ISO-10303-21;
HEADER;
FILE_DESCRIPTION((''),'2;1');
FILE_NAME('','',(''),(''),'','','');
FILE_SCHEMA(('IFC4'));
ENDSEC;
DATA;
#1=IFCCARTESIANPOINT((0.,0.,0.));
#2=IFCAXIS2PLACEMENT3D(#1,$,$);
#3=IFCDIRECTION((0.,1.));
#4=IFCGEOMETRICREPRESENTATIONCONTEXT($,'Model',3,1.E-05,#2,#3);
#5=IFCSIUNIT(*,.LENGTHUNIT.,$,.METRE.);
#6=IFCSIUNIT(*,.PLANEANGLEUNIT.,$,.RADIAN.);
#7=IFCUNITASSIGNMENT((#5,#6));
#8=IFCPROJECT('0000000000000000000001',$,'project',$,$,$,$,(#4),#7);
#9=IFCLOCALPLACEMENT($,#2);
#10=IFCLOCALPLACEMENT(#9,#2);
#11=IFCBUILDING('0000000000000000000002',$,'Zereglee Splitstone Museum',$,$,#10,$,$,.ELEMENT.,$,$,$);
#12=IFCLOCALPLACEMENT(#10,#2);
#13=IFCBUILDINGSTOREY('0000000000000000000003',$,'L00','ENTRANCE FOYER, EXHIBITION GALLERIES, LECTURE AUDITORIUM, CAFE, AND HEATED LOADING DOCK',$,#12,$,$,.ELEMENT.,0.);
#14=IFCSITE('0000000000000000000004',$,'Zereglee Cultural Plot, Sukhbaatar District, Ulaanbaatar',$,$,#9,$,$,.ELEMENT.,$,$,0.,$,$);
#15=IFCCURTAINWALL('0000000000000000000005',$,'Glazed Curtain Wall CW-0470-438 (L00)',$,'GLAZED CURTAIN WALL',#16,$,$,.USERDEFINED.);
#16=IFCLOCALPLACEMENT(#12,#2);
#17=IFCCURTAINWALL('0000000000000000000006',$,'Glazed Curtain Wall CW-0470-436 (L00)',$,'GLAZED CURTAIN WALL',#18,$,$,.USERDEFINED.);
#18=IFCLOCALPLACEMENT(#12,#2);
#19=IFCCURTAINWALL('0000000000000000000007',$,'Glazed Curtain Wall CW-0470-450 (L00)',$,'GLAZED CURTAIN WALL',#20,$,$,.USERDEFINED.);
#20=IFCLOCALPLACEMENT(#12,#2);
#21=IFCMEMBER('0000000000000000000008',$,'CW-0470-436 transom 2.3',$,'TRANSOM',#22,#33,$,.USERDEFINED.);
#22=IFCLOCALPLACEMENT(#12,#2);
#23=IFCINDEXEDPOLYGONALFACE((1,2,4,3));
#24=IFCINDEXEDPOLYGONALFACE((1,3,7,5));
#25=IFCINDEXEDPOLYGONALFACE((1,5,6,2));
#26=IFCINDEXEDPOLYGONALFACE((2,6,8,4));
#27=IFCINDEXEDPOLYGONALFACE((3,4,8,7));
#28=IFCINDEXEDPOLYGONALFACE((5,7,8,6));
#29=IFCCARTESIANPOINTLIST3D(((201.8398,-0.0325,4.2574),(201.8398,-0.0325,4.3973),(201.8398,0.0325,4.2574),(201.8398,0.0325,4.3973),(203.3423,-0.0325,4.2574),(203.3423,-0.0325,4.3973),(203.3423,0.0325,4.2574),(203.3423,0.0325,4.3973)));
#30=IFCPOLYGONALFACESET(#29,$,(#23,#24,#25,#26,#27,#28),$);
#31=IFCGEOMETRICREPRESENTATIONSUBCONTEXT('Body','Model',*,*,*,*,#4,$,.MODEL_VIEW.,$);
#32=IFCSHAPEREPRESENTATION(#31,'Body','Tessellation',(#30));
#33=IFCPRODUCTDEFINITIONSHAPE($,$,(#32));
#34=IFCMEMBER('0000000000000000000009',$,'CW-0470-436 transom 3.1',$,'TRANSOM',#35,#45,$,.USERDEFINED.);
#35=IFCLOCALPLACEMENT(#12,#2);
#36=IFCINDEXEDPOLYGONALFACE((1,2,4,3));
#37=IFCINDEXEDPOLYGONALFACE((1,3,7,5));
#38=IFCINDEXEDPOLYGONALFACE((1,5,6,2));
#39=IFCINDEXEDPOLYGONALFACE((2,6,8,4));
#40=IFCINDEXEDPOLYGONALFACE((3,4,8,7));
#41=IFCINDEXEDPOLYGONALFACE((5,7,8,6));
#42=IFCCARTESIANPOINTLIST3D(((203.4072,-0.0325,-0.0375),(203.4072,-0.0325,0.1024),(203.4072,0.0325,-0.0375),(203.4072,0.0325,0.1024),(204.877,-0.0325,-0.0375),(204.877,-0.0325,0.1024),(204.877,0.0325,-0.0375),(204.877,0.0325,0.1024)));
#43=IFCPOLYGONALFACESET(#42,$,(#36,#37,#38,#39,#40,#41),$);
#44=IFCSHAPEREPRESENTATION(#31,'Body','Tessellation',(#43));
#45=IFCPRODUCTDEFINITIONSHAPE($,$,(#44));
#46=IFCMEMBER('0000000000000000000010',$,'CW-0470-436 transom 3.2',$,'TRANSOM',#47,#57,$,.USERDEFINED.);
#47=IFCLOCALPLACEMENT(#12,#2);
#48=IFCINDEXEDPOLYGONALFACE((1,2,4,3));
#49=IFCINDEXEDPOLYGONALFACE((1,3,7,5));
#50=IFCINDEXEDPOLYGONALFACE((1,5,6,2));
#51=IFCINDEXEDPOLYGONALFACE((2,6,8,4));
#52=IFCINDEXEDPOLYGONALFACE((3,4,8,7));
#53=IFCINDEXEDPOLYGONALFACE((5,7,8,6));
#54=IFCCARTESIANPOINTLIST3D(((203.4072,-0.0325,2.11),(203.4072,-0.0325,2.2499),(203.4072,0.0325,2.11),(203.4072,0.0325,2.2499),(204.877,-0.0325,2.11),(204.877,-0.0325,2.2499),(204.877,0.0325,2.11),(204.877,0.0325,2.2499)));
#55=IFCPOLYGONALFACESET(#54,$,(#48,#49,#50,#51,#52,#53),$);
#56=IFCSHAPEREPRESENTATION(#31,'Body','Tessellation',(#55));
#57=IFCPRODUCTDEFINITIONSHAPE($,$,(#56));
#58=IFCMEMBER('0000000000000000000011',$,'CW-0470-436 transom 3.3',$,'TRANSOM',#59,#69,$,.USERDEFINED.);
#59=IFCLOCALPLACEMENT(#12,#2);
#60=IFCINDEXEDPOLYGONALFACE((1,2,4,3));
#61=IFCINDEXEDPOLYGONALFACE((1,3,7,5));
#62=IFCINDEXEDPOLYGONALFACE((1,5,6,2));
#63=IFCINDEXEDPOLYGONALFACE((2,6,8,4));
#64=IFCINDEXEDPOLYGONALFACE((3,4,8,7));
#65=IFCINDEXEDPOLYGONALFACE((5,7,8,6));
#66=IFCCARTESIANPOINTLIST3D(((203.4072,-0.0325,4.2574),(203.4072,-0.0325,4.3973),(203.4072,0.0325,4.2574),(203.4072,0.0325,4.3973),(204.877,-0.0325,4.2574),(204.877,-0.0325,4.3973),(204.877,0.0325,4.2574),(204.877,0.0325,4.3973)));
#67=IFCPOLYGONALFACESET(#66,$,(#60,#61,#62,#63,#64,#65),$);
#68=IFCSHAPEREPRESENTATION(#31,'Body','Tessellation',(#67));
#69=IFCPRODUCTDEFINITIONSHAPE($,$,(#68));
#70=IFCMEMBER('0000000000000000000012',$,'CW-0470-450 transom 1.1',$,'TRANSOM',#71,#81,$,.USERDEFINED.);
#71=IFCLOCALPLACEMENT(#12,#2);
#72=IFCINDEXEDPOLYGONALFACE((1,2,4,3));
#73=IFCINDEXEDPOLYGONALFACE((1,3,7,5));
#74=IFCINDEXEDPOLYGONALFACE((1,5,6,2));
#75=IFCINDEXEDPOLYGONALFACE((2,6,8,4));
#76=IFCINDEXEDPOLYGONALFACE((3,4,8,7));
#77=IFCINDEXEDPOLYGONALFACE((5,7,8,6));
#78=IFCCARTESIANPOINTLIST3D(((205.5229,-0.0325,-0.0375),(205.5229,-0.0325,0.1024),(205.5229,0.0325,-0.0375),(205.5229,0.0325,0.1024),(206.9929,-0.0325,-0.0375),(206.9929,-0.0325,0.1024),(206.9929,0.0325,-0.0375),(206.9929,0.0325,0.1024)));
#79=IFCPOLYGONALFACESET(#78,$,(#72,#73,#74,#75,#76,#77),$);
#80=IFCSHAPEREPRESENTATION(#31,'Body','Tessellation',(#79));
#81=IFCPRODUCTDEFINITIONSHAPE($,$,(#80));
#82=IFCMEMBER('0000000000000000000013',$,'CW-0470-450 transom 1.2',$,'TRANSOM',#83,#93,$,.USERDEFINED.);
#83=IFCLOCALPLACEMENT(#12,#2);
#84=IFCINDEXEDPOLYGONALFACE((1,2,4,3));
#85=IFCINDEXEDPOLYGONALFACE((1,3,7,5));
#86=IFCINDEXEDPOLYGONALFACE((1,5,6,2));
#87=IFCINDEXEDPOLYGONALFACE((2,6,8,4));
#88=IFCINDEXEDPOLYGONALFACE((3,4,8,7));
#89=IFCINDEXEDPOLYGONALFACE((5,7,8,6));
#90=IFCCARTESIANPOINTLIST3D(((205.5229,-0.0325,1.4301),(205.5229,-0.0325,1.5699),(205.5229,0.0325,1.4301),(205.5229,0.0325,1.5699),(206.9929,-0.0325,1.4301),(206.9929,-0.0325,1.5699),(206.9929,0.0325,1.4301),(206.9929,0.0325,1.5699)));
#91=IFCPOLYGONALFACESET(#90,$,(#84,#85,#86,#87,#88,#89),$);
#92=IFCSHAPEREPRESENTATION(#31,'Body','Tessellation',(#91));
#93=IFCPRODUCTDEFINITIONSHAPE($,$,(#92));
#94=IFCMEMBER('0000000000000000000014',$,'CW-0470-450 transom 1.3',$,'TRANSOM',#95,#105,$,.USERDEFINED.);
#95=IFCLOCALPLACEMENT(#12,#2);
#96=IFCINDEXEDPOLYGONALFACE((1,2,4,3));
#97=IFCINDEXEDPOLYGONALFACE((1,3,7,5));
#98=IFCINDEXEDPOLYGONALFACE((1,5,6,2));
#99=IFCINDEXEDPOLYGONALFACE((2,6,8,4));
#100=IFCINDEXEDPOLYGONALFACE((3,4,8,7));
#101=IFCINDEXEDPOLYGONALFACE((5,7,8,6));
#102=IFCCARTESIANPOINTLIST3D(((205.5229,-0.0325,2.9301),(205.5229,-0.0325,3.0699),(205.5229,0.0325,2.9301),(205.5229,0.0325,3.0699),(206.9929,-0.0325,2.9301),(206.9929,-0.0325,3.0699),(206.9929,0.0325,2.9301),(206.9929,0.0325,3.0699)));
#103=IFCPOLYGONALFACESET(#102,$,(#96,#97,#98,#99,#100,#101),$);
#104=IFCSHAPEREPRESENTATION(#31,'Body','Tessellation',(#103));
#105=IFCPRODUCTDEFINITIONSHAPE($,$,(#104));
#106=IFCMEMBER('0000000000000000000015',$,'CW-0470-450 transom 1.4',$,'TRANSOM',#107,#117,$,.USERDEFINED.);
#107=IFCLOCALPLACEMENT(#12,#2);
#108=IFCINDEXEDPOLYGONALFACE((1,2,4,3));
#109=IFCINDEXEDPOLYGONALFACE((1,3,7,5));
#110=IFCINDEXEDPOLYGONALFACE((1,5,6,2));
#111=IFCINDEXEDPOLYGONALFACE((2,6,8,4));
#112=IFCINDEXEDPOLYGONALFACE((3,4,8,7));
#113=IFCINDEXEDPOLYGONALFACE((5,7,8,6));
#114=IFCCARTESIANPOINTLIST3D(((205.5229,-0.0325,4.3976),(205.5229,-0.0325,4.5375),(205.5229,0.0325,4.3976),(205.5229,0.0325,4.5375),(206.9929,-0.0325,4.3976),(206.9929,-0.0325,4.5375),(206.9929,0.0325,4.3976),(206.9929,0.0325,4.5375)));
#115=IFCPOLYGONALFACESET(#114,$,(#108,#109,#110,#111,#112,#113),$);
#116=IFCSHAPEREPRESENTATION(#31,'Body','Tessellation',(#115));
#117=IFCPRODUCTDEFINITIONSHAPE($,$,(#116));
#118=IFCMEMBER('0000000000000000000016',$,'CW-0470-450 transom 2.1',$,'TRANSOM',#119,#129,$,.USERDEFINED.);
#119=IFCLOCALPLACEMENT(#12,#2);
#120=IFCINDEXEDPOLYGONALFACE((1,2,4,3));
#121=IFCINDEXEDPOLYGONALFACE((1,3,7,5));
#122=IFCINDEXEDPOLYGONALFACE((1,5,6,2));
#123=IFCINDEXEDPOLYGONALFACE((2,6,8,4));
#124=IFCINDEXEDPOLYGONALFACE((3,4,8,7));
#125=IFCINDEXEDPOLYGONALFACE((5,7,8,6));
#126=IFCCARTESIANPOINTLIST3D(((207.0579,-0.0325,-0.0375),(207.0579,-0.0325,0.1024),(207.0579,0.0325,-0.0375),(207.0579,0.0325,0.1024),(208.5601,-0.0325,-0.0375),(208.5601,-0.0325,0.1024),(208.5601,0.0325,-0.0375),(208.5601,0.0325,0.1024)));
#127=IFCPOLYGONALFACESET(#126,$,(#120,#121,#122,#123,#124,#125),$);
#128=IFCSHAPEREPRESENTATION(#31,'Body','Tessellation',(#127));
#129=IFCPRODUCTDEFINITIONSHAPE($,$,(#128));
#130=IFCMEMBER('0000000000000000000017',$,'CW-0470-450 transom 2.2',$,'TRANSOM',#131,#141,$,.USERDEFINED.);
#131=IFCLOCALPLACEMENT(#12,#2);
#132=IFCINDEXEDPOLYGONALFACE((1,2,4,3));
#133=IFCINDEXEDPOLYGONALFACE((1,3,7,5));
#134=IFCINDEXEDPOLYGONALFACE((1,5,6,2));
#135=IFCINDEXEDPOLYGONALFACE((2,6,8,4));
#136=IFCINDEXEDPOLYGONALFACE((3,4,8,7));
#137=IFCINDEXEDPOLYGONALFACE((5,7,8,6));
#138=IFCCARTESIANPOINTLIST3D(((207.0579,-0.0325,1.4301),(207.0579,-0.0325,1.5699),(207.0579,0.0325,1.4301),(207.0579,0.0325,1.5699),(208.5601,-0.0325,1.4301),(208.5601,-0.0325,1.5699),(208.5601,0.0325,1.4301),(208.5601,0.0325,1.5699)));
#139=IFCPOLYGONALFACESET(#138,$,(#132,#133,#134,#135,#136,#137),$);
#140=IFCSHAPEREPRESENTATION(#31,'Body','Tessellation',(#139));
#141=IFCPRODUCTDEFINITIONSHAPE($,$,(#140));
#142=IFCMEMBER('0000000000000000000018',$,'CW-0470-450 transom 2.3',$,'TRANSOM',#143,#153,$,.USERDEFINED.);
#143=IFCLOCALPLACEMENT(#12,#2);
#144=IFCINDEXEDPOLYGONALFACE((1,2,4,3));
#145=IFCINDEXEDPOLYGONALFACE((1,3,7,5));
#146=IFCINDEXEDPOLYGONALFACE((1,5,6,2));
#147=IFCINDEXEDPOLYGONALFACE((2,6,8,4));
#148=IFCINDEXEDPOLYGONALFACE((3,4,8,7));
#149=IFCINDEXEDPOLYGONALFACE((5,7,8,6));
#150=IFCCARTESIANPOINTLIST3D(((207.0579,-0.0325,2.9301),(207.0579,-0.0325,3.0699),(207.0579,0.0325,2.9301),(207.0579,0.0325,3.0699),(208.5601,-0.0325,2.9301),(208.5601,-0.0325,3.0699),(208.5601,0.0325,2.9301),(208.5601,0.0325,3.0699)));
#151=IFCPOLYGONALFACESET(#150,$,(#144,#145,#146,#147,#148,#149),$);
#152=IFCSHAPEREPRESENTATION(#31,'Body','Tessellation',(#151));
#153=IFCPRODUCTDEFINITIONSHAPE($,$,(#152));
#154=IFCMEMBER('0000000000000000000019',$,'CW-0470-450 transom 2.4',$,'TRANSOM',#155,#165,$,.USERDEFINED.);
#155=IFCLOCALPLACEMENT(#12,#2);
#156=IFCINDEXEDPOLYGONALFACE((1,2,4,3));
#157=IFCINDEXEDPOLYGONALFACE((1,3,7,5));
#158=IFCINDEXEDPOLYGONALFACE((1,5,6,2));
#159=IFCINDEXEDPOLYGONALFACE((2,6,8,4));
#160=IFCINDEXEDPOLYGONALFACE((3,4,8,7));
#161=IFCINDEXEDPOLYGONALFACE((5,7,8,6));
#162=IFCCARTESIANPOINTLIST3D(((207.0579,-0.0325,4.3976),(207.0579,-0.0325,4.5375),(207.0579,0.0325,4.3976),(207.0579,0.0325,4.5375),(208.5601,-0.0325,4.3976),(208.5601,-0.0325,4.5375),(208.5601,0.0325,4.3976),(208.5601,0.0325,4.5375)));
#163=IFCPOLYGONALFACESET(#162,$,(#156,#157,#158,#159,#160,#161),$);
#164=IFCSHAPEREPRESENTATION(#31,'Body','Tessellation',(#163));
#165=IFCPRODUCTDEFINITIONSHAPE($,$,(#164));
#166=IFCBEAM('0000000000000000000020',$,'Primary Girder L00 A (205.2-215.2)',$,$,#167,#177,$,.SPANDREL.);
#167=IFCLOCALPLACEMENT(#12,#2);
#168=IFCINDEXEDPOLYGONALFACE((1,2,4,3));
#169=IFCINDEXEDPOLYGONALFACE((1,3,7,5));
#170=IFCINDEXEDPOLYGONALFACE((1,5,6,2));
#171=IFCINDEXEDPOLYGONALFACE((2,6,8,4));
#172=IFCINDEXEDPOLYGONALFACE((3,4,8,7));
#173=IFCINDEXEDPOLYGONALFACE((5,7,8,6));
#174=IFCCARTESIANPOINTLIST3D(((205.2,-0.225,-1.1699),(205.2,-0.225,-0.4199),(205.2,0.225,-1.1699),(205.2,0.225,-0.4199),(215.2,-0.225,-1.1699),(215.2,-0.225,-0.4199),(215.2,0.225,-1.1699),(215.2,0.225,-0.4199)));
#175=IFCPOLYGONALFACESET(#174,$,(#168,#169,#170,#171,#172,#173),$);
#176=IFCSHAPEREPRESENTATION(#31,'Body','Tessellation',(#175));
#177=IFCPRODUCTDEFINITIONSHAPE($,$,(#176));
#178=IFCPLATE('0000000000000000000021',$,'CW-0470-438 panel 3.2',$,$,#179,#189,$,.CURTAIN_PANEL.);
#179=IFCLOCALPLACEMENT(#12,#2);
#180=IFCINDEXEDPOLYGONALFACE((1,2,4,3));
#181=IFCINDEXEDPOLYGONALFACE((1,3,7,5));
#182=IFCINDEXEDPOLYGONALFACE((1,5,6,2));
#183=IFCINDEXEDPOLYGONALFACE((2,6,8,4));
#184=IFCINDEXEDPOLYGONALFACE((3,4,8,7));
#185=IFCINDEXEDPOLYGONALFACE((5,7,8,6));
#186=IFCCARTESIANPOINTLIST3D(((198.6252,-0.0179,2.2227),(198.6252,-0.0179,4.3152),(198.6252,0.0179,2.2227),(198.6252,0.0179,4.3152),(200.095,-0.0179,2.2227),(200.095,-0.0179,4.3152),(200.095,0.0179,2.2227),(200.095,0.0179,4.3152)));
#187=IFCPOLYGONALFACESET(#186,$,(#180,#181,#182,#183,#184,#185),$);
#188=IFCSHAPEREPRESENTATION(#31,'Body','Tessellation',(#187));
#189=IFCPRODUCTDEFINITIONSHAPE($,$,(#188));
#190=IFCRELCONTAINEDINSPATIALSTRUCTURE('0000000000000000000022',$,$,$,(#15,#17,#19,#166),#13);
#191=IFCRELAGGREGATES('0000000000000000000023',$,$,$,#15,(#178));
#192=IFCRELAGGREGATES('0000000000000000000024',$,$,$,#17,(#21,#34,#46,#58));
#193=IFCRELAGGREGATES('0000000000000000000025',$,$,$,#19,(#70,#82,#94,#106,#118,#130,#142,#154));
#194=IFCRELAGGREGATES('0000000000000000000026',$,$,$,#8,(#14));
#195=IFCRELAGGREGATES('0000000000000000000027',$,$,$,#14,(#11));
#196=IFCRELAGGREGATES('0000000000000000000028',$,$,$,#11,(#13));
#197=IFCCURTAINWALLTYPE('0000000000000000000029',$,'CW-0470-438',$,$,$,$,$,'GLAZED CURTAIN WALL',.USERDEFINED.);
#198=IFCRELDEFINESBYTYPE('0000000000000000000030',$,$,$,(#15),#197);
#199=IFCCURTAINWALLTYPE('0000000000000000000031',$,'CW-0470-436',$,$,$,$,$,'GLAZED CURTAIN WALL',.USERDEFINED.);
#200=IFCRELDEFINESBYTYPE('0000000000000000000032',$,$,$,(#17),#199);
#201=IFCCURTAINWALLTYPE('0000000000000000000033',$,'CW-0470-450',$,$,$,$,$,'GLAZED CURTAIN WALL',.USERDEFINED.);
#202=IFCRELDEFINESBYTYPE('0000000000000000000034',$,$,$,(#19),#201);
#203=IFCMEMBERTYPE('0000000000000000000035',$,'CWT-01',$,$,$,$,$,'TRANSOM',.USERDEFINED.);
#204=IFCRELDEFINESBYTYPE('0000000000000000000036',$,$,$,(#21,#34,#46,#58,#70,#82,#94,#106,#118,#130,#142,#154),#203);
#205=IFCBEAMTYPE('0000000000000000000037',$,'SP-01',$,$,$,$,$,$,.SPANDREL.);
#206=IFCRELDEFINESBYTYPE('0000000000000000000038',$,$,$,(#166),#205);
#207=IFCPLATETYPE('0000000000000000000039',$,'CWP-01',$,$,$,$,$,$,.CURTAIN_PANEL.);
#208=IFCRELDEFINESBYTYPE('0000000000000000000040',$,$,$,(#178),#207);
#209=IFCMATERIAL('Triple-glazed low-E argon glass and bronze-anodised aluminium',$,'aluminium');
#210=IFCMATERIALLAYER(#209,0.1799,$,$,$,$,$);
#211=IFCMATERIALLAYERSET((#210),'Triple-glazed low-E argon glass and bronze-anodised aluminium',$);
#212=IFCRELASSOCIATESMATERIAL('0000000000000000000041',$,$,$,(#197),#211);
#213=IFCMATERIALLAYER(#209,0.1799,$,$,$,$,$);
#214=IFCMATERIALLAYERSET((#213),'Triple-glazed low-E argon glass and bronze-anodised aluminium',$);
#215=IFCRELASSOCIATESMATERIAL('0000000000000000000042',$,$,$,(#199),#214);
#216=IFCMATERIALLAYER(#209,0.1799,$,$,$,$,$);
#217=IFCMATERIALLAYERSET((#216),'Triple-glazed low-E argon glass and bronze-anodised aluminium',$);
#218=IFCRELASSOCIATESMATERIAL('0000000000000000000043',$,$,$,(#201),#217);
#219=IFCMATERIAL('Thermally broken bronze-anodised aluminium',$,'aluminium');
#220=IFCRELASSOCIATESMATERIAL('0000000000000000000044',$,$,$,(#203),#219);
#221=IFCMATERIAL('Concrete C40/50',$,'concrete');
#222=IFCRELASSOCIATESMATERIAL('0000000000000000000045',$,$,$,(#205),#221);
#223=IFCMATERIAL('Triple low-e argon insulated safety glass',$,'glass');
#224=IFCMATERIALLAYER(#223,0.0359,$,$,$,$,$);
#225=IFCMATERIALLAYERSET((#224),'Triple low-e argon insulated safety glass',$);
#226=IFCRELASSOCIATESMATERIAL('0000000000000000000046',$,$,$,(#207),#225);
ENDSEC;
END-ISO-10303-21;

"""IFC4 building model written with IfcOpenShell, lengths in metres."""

from ifc_helpers import new_model, si_unit, direction, frame, origin, origin_2d, place, context, subcontext, project, spatial, rectangle, extrude, material, layer, layer_set, material_profile, profile_set, type_object, element, aggregate, save


model = new_model("IFC4")

# Units and contexts
model_context = context("Model", 3, precision=1e-05, world=origin(), true_north=direction((0.0, 1.0)))
body_context = subcontext(model_context, "Body", "Model", "MODEL_VIEW")
ifc_project = project(units=[si_unit("LENGTHUNIT", "METRE"), si_unit("PLANEANGLEUNIT", "RADIAN")], contexts=[model_context])

# Site, building, storey
site_placement = place(None, origin())
site = spatial("IfcSite", under=ifc_project, at=site_placement, Name="Zereglee Cultural Plot, Sukhbaatar District, Ulaanbaatar", CompositionType="ELEMENT", RefElevation=0.0)
building_placement = place(site_placement, origin())
building = spatial("IfcBuilding", under=site, at=building_placement, Name="Zereglee Splitstone Museum", CompositionType="ELEMENT")
storey_placement = place(building_placement, origin())
storey = spatial("IfcBuildingStorey", under=building, at=storey_placement, Name="L00", Description="ENTRANCE FOYER, EXHIBITION GALLERIES, LECTURE AUDITORIUM, CAFE, AND HEATED LOADING DOCK", CompositionType="ELEMENT", Elevation=0.0)

# Shared definitions
ifc_material_1 = material(Name="Concrete C40/50", Category="concrete")

# Curtain wall
ifc_material_2 = material(Name="Triple-glazed low-E argon glass and bronze-anodised aluminium", Category="aluminium")
ifc_layer_1 = layer(ifc_material_2, 0.1799)
ifc_layer_set_1 = layer_set([ifc_layer_1], Name="Triple-glazed low-E argon glass and bronze-anodised aluminium")
curtain_wall_type_1 = type_object("IfcCurtainWallType", Name="CW-0470-438", ElementType="GLAZED CURTAIN WALL", PredefinedType="USERDEFINED", material=ifc_layer_set_1)
curtain_wall_1_placement = place(storey_placement, origin())
curtain_wall_1 = element("IfcCurtainWall", 1, at=curtain_wall_1_placement, inside=storey, type_object=curtain_wall_type_1, Name="Glazed Curtain Wall CW-0470-438 (L00)", ObjectType="GLAZED CURTAIN WALL", PredefinedType="USERDEFINED")
ifc_material_3 = material(Name="Thermally broken bronze-anodised aluminium", Category="aluminium")

# Curtain walls
ifc_layer_2 = layer(ifc_material_2, 0.1799)
ifc_layer_set_2 = layer_set([ifc_layer_2], Name="Triple-glazed low-E argon glass and bronze-anodised aluminium")
curtain_wall_type_2 = type_object("IfcCurtainWallType", Name="CW-0470-436", ElementType="GLAZED CURTAIN WALL", PredefinedType="USERDEFINED", material=ifc_layer_set_2)
curtain_wall_2_placement = place(storey_placement, origin())
curtain_wall_2 = element("IfcCurtainWall", 2, at=curtain_wall_2_placement, inside=storey, type_object=curtain_wall_type_2, Name="Glazed Curtain Wall CW-0470-436 (L00)", ObjectType="GLAZED CURTAIN WALL", PredefinedType="USERDEFINED")
ifc_layer_3 = layer(ifc_material_2, 0.1799)
ifc_layer_set_3 = layer_set([ifc_layer_3], Name="Triple-glazed low-E argon glass and bronze-anodised aluminium")
curtain_wall_type_3 = type_object("IfcCurtainWallType", Name="CW-0470-450", ElementType="GLAZED CURTAIN WALL", PredefinedType="USERDEFINED", material=ifc_layer_set_3)
curtain_wall_3_placement = place(storey_placement, origin())
curtain_wall_3 = element("IfcCurtainWall", 3, at=curtain_wall_3_placement, inside=storey, type_object=curtain_wall_type_3, Name="Glazed Curtain Wall CW-0470-450 (L00)", ObjectType="GLAZED CURTAIN WALL", PredefinedType="USERDEFINED")

# Members
ifc_material_profile_1 = material_profile(ifc_material_3, rectangle(XDim=0.0649, YDim=0.1399, at=origin_2d()), Name="CW TRAN 65x140")
ifc_profile_set_1 = profile_set([ifc_material_profile_1], Name="Thermally broken bronze-anodised aluminium")
member_type_1 = type_object("IfcMemberType", Name="CWT-01", ElementType="TRANSOM", PredefinedType="USERDEFINED", material=ifc_profile_set_1)
member_1_placement = place(storey_placement, frame((201.8398, 0.0, 4.3274), z_axis=(1.0, 0.0, 0.0), x_axis=(0.0, 1.0, 0.0)))
member_1 = element("IfcMember", 4, at=member_1_placement, type_object=member_type_1, Name="CW-0470-436 transom 2.3", ObjectType="TRANSOM", PredefinedType="USERDEFINED", context=body_context, shape_type="SweptSolid", body=[
    extrude(rectangle(XDim=0.0649, YDim=0.1399, at=origin_2d()), origin(), (0.0, 0.0, 1.0), 1.5024),
])
member_2_placement = place(storey_placement, frame((203.4072, 0.0, 0.0325), z_axis=(1.0, 0.0, 0.0), x_axis=(0.0, 1.0, 0.0)))
member_2 = element("IfcMember", 5, at=member_2_placement, type_object=member_type_1, Name="CW-0470-436 transom 3.1", ObjectType="TRANSOM", PredefinedType="USERDEFINED", context=body_context, shape_type="SweptSolid", body=[
    extrude(rectangle(XDim=0.0649, YDim=0.1399, at=origin_2d()), origin(), (0.0, 0.0, 1.0), 1.4697),
])
member_3_placement = place(storey_placement, frame((203.4072, 0.0, 2.1799), z_axis=(1.0, 0.0, 0.0), x_axis=(0.0, 1.0, 0.0)))
member_3 = element("IfcMember", 6, at=member_3_placement, type_object=member_type_1, Name="CW-0470-436 transom 3.2", ObjectType="TRANSOM", PredefinedType="USERDEFINED", context=body_context, shape_type="SweptSolid", body=[
    extrude(rectangle(XDim=0.0649, YDim=0.1399, at=origin_2d()), origin(), (0.0, 0.0, 1.0), 1.4697),
])
member_4_placement = place(storey_placement, frame((203.4072, 0.0, 4.3274), z_axis=(1.0, 0.0, 0.0), x_axis=(0.0, 1.0, 0.0)))
member_4 = element("IfcMember", 7, at=member_4_placement, type_object=member_type_1, Name="CW-0470-436 transom 3.3", ObjectType="TRANSOM", PredefinedType="USERDEFINED", context=body_context, shape_type="SweptSolid", body=[
    extrude(rectangle(XDim=0.0649, YDim=0.1399, at=origin_2d()), origin(), (0.0, 0.0, 1.0), 1.4697),
])
member_5_placement = place(storey_placement, frame((205.5229, 0.0, 0.0325), z_axis=(1.0, 0.0, 0.0), x_axis=(0.0, 1.0, 0.0)))
member_5 = element("IfcMember", 8, at=member_5_placement, type_object=member_type_1, Name="CW-0470-450 transom 1.1", ObjectType="TRANSOM", PredefinedType="USERDEFINED", context=body_context, shape_type="SweptSolid", body=[
    extrude(rectangle(XDim=0.0649, YDim=0.1399, at=origin_2d()), origin(), (0.0, 0.0, 1.0), 1.47),
])
member_6_placement = place(storey_placement, frame((205.5229, 0.0, 1.5), z_axis=(1.0, 0.0, 0.0), x_axis=(0.0, 1.0, 0.0)))
member_6 = element("IfcMember", 9, at=member_6_placement, type_object=member_type_1, Name="CW-0470-450 transom 1.2", ObjectType="TRANSOM", PredefinedType="USERDEFINED", context=body_context, shape_type="SweptSolid", body=[
    extrude(rectangle(XDim=0.0649, YDim=0.1399, at=origin_2d()), origin(), (0.0, 0.0, 1.0), 1.47),
])
member_7_placement = place(storey_placement, frame((205.5229, 0.0, 3.0), z_axis=(1.0, 0.0, 0.0), x_axis=(0.0, 1.0, 0.0)))
member_7 = element("IfcMember", 10, at=member_7_placement, type_object=member_type_1, Name="CW-0470-450 transom 1.3", ObjectType="TRANSOM", PredefinedType="USERDEFINED", context=body_context, shape_type="SweptSolid", body=[
    extrude(rectangle(XDim=0.0649, YDim=0.1399, at=origin_2d()), origin(), (0.0, 0.0, 1.0), 1.47),
])
member_8_placement = place(storey_placement, frame((205.5229, 0.0, 4.4675), z_axis=(1.0, 0.0, 0.0), x_axis=(0.0, 1.0, 0.0)))
member_8 = element("IfcMember", 11, at=member_8_placement, type_object=member_type_1, Name="CW-0470-450 transom 1.4", ObjectType="TRANSOM", PredefinedType="USERDEFINED", context=body_context, shape_type="SweptSolid", body=[
    extrude(rectangle(XDim=0.0649, YDim=0.1399, at=origin_2d()), origin(), (0.0, 0.0, 1.0), 1.47),
])
member_9_placement = place(storey_placement, frame((207.0579, 0.0, 0.0325), z_axis=(1.0, 0.0, 0.0), x_axis=(0.0, 1.0, 0.0)))
member_9 = element("IfcMember", 12, at=member_9_placement, type_object=member_type_1, Name="CW-0470-450 transom 2.1", ObjectType="TRANSOM", PredefinedType="USERDEFINED", context=body_context, shape_type="SweptSolid", body=[
    extrude(rectangle(XDim=0.0649, YDim=0.1399, at=origin_2d()), origin(), (0.0, 0.0, 1.0), 1.5022),
])
member_10_placement = place(storey_placement, frame((207.0579, 0.0, 1.5), z_axis=(1.0, 0.0, 0.0), x_axis=(0.0, 1.0, 0.0)))
member_10 = element("IfcMember", 13, at=member_10_placement, type_object=member_type_1, Name="CW-0470-450 transom 2.2", ObjectType="TRANSOM", PredefinedType="USERDEFINED", context=body_context, shape_type="SweptSolid", body=[
    extrude(rectangle(XDim=0.0649, YDim=0.1399, at=origin_2d()), origin(), (0.0, 0.0, 1.0), 1.5022),
])
member_11_placement = place(storey_placement, frame((207.0579, 0.0, 3.0), z_axis=(1.0, 0.0, 0.0), x_axis=(0.0, 1.0, 0.0)))
member_11 = element("IfcMember", 14, at=member_11_placement, type_object=member_type_1, Name="CW-0470-450 transom 2.3", ObjectType="TRANSOM", PredefinedType="USERDEFINED", context=body_context, shape_type="SweptSolid", body=[
    extrude(rectangle(XDim=0.0649, YDim=0.1399, at=origin_2d()), origin(), (0.0, 0.0, 1.0), 1.5022),
])
member_12_placement = place(storey_placement, frame((207.0579, 0.0, 4.4675), z_axis=(1.0, 0.0, 0.0), x_axis=(0.0, 1.0, 0.0)))
member_12 = element("IfcMember", 15, at=member_12_placement, type_object=member_type_1, Name="CW-0470-450 transom 2.4", ObjectType="TRANSOM", PredefinedType="USERDEFINED", context=body_context, shape_type="SweptSolid", body=[
    extrude(rectangle(XDim=0.0649, YDim=0.1399, at=origin_2d()), origin(), (0.0, 0.0, 1.0), 1.5022),
])

# Beam
ifc_material_profile_2 = material_profile(ifc_material_1, rectangle(XDim=0.45, YDim=0.75, at=origin_2d()), Name="RC 450x750")
ifc_profile_set_2 = profile_set([ifc_material_profile_2], Name="Concrete C40/50")
beam_type_1 = type_object("IfcBeamType", Name="SP-01", PredefinedType="SPANDREL", material=ifc_profile_set_2)
beam_1_placement = place(storey_placement, frame((205.2, 0.0, -0.7949), z_axis=(1.0, 0.0, 0.0), x_axis=(0.0, 1.0, 0.0)))
element("IfcBeam", 16, at=beam_1_placement, inside=storey, type_object=beam_type_1, Name="Primary Girder L00 A (205.2-215.2)", PredefinedType="SPANDREL", context=body_context, shape_type="SweptSolid", body=[
    extrude(rectangle(XDim=0.45, YDim=0.75, at=origin_2d()), origin(), (0.0, 0.0, 1.0), 10.0),
])

# Plate
ifc_material_4 = material(Name="Triple low-e argon insulated safety glass", Category="glass")
ifc_layer_4 = layer(ifc_material_4, 0.0359)
ifc_layer_set_4 = layer_set([ifc_layer_4], Name="Triple low-e argon insulated safety glass")
plate_type = type_object("IfcPlateType", Name="CWP-01", PredefinedType="CURTAIN_PANEL", material=ifc_layer_set_4)
plate_1_placement = place(storey_placement, frame((199.3601, 0.0, 2.2227), z_axis=(0.0, 0.0, 1.0), x_axis=(1.0, 0.0, 0.0)))
plate_1 = element("IfcPlate", 17, at=plate_1_placement, type_object=plate_type, Name="CW-0470-438 panel 3.2", PredefinedType="CURTAIN_PANEL", context=body_context, shape_type="SweptSolid", body=[
    extrude(rectangle(XDim=1.4697, YDim=0.0359, at=origin_2d()), origin(), (0.0, 0.0, 1.0), 2.0925),
])
aggregate(curtain_wall_1, [plate_1])
aggregate(curtain_wall_2, [member_1, member_2, member_3, member_4])
aggregate(curtain_wall_3, [member_5, member_6, member_7, member_8, member_9, member_10, member_11, member_12])

save(model, "model.ifc")
